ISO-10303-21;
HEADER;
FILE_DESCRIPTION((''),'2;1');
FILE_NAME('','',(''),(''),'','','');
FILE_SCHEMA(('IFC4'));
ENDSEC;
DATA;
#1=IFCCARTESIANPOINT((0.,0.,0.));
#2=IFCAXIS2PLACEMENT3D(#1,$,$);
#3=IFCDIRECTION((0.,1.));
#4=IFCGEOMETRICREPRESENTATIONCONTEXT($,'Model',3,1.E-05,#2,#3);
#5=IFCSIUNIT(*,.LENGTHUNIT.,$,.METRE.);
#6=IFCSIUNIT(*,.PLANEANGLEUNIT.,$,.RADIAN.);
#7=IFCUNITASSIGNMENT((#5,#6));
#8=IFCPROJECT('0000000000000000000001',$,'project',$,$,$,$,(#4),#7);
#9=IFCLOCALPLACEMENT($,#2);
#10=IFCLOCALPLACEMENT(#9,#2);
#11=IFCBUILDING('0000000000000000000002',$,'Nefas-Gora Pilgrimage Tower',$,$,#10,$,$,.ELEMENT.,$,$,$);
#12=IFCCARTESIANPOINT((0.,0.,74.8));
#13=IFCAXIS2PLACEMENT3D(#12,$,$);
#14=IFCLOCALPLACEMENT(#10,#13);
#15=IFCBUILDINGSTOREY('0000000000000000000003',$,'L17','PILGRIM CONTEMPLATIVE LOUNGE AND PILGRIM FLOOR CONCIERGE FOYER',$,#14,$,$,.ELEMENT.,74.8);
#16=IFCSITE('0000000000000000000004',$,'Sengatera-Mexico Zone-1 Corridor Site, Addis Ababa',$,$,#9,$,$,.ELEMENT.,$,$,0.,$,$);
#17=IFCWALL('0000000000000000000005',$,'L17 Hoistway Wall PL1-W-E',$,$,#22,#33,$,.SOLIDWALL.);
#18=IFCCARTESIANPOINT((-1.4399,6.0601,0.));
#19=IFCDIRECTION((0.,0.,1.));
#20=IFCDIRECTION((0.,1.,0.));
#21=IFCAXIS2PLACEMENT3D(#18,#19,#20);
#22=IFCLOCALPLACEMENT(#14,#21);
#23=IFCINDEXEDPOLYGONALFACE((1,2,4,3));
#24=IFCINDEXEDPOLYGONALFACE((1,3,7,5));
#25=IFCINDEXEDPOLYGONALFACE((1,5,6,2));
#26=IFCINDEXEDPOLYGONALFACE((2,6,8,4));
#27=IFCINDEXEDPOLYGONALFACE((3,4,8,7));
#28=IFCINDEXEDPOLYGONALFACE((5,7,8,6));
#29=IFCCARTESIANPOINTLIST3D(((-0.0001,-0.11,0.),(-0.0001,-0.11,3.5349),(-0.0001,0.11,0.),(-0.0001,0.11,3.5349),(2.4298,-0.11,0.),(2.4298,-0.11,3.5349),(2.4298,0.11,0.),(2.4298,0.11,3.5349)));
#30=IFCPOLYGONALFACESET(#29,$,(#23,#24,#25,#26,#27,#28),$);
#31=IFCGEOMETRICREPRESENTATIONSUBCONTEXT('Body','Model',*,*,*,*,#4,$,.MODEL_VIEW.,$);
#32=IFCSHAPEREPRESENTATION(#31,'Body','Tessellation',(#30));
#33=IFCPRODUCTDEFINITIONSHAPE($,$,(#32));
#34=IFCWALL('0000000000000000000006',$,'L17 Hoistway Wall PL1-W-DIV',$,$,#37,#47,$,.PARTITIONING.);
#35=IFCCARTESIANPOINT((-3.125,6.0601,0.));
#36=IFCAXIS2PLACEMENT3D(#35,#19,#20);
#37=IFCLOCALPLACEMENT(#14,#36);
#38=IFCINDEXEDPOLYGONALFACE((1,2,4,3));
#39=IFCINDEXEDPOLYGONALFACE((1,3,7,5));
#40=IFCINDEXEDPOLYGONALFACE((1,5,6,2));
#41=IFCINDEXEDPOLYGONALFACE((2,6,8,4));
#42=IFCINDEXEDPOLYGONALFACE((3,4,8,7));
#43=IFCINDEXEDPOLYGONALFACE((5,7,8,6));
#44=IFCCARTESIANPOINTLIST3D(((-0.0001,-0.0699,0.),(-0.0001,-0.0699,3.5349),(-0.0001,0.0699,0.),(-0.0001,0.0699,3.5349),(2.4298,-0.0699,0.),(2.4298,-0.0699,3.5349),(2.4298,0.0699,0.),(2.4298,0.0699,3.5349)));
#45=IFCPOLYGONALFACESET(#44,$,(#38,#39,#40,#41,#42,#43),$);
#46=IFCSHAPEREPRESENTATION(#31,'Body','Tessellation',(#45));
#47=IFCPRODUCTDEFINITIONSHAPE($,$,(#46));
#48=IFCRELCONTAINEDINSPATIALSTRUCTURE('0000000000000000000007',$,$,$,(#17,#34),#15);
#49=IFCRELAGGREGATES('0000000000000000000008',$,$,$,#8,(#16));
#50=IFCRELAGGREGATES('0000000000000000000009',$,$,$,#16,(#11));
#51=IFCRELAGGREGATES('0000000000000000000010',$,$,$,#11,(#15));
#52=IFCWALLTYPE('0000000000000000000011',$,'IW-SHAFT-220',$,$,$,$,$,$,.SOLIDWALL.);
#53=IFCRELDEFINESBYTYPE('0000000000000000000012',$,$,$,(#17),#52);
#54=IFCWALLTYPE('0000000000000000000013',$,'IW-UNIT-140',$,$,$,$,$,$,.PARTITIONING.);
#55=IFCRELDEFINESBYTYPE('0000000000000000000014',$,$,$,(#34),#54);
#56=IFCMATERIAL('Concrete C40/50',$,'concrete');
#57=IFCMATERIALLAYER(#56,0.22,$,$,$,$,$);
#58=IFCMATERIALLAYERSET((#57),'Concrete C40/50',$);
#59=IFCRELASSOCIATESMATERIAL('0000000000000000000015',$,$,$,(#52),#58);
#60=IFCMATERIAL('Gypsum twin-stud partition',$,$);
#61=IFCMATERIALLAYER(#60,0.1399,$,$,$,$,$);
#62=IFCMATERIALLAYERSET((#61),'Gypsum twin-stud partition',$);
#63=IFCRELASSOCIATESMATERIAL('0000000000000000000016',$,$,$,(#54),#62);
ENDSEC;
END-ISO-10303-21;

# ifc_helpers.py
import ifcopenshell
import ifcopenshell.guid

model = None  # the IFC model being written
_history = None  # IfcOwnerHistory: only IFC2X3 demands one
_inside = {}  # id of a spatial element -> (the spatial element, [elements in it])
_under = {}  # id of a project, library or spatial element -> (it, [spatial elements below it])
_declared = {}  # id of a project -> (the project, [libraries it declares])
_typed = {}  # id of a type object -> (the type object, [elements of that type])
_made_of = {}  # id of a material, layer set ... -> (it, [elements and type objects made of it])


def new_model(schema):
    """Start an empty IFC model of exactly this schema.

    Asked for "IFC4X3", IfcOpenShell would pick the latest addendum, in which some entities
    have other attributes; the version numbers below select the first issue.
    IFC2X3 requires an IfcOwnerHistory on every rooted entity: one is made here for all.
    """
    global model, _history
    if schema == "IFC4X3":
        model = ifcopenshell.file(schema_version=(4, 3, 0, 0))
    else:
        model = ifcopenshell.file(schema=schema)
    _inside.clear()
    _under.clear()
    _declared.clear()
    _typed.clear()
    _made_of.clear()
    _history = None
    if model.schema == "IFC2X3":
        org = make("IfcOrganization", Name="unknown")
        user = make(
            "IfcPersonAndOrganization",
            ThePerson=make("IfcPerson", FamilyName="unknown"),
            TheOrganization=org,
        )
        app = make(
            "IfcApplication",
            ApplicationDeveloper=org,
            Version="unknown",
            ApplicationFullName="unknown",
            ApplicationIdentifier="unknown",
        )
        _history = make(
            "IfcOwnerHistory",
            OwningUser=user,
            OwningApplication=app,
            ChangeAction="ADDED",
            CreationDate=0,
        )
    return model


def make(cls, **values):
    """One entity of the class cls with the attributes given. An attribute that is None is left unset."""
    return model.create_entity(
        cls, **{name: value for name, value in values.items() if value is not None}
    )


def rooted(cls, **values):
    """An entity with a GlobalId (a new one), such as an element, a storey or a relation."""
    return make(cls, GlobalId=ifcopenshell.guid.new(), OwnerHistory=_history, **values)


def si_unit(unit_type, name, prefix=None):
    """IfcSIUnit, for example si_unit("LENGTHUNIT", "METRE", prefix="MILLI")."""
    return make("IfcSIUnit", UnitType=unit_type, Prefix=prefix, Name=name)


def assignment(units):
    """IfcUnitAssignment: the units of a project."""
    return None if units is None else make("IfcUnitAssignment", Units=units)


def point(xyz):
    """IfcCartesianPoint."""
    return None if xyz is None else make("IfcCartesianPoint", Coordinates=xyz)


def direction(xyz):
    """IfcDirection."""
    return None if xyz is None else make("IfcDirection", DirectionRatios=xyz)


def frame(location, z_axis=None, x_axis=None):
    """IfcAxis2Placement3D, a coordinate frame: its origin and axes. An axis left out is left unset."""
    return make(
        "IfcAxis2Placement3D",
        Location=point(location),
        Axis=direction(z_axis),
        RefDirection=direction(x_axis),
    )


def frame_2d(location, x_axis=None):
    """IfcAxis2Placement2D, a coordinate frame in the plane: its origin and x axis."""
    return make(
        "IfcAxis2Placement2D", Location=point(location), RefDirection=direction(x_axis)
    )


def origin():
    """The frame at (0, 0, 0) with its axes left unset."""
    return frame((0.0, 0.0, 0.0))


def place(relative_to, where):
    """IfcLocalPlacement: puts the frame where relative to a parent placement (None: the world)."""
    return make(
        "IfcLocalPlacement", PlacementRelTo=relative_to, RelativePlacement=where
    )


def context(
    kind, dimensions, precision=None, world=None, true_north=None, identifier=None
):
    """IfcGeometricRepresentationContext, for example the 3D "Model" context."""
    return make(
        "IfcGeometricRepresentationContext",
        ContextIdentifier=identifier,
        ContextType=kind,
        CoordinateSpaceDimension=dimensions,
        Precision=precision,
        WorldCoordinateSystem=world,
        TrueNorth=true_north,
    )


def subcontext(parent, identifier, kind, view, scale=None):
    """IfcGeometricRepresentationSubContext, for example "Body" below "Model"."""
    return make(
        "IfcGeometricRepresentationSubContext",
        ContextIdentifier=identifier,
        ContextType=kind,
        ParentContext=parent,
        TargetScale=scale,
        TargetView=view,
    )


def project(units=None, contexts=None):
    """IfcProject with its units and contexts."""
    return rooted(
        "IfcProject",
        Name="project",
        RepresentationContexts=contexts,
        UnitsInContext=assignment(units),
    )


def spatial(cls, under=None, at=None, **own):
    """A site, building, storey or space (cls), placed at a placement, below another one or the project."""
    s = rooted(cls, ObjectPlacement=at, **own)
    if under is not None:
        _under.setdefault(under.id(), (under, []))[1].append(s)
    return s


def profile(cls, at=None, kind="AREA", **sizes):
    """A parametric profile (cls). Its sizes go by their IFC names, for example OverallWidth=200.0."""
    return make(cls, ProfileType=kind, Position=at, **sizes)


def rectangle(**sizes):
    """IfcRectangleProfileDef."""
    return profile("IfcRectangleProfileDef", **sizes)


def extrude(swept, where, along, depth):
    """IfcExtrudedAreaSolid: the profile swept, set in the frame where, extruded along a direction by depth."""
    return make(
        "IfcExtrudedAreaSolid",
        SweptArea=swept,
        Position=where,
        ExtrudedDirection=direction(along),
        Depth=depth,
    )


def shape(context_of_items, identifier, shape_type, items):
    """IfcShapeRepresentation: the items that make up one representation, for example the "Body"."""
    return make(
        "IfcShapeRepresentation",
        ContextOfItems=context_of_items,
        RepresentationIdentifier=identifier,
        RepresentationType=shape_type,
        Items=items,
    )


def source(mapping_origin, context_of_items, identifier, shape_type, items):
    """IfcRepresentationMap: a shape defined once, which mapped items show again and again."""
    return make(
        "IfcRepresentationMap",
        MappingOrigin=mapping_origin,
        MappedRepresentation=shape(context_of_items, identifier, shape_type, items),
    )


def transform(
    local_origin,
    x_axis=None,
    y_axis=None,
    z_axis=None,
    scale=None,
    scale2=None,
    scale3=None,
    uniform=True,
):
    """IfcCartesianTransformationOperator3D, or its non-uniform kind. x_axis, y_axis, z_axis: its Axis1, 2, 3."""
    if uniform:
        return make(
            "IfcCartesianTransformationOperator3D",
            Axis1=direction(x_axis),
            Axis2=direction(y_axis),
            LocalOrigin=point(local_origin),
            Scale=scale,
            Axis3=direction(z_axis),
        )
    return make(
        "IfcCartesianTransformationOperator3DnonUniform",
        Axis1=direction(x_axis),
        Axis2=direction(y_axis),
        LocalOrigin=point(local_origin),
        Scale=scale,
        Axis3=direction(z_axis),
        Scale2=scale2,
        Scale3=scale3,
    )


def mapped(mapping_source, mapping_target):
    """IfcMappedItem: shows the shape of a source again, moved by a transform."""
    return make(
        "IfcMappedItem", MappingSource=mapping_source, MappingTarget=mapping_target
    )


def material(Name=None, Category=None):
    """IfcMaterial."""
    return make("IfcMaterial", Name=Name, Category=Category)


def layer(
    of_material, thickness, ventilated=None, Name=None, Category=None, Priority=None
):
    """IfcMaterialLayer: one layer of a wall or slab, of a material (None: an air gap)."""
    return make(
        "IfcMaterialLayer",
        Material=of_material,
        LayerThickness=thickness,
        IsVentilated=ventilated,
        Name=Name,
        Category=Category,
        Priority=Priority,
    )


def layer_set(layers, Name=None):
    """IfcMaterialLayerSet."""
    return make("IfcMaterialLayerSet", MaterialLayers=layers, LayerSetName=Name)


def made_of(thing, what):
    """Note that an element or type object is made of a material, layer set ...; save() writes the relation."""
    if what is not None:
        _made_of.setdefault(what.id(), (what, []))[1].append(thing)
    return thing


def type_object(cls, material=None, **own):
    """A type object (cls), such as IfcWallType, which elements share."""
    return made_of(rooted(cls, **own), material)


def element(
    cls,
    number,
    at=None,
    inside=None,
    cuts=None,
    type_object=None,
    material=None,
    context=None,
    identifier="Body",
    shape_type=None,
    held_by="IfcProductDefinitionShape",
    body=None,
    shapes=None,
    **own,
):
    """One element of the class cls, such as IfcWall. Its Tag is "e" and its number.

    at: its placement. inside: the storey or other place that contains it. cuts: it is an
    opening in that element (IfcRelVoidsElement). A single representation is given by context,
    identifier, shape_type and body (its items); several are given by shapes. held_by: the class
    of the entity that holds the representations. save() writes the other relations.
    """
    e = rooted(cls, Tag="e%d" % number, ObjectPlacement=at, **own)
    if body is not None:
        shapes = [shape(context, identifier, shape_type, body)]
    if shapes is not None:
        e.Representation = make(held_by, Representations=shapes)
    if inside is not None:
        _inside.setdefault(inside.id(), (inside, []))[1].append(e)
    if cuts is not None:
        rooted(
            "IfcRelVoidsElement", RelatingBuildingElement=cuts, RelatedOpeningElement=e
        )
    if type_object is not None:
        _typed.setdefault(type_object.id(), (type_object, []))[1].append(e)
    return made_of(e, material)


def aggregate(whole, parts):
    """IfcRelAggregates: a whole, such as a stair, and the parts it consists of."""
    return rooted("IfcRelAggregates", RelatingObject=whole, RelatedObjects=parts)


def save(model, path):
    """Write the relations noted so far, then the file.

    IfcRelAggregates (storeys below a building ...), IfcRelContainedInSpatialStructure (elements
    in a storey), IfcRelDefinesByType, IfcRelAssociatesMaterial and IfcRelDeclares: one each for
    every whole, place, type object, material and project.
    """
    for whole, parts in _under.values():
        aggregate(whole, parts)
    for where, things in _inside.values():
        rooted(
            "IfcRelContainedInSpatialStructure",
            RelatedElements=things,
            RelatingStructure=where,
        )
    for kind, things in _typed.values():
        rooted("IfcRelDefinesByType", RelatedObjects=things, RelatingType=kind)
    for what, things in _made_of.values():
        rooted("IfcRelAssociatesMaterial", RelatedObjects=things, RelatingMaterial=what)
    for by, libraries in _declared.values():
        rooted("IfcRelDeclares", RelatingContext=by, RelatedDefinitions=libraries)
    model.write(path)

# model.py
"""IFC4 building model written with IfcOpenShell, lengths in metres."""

from ifc_helpers import new_model, si_unit, direction, frame, frame_2d, origin, place, context, subcontext, project, spatial, rectangle, extrude, source, transform, mapped, material, layer, layer_set, type_object, element, save


model = new_model("IFC4")

# Units and contexts
model_context = context("Model", 3, precision=1e-05, world=origin(), true_north=direction((0.0, 1.0)))
body_context = subcontext(model_context, "Body", "Model", "MODEL_VIEW")
ifc_project = project(units=[si_unit("LENGTHUNIT", "METRE"), si_unit("PLANEANGLEUNIT", "RADIAN")], contexts=[model_context])

# Site, building, storey
site_placement = place(None, origin())
site = spatial("IfcSite", under=ifc_project, at=site_placement, Name="Sengatera-Mexico Zone-1 Corridor Site, Addis Ababa", CompositionType="ELEMENT", RefElevation=0.0)
building_placement = place(site_placement, origin())
building = spatial("IfcBuilding", under=site, at=building_placement, Name="Nefas-Gora Pilgrimage Tower", CompositionType="ELEMENT")
storey_placement = place(building_placement, frame((0.0, 0.0, 74.8)))
storey = spatial("IfcBuildingStorey", under=building, at=storey_placement, Name="L17", Description="PILGRIM CONTEMPLATIVE LOUNGE AND PILGRIM FLOOR CONCIERGE FOYER", CompositionType="ELEMENT", Elevation=74.8)

# Shared definitions
ifc_material_1 = material(Name="Concrete C40/50", Category="concrete")
ifc_layer_1 = layer(ifc_material_1, 0.22)
ifc_layer_set_1 = layer_set([ifc_layer_1], Name="Concrete C40/50")
wall_type_1 = type_object("IfcWallType", Name="IW-SHAFT-220", PredefinedType="SOLIDWALL", material=ifc_layer_set_1)

# Walls
shared_shape_1 = source(origin(), body_context, "Body", "SweptSolid", [
    extrude(rectangle(XDim=2.4299, YDim=0.22, at=frame_2d((1.2148, 0.0))), origin(), (0.0, 0.0, 1.0), 3.5349),
])
for number, where, z_axis, x_axis, name in (
    (1, (-1.4399, 6.0601, 0.0), (0.0, 0.0, 1.0), (0.0, 1.0, 0.0), "L17 Hoistway Wall PL1-W-E"),
):
    element("IfcWall", number, at=place(storey_placement, frame(where, z_axis=z_axis, x_axis=x_axis)), inside=storey, type_object=wall_type_1, Name=name, PredefinedType="SOLIDWALL", context=body_context, shape_type="MappedRepresentation", body=[
        mapped(shared_shape_1, transform((0.0, 0.0, 0.0), x_axis=(1.0, 0.0, 0.0), y_axis=(0.0, 1.0, 0.0), z_axis=(0.0, 0.0, 1.0), scale=1.0)),
    ])
ifc_material_2 = material(Name="Gypsum twin-stud partition")
ifc_layer_2 = layer(ifc_material_2, 0.1399)
ifc_layer_set_2 = layer_set([ifc_layer_2], Name="Gypsum twin-stud partition")
wall_type_2 = type_object("IfcWallType", Name="IW-UNIT-140", PredefinedType="PARTITIONING", material=ifc_layer_set_2)
shared_shape_2 = source(origin(), body_context, "Body", "SweptSolid", [
    extrude(rectangle(XDim=2.4299, YDim=0.1399, at=frame_2d((1.2148, 0.0))), origin(), (0.0, 0.0, 1.0), 3.5349),
])
wall_1_placement = place(storey_placement, frame((-3.125, 6.0601, 0.0), z_axis=(0.0, 0.0, 1.0), x_axis=(0.0, 1.0, 0.0)))
element("IfcWall", 2, at=wall_1_placement, inside=storey, type_object=wall_type_2, Name="L17 Hoistway Wall PL1-W-DIV", PredefinedType="PARTITIONING", context=body_context, shape_type="MappedRepresentation", body=[
    mapped(shared_shape_2, transform((0.0, 0.0, 0.0), x_axis=(1.0, 0.0, 0.0), y_axis=(0.0, 1.0, 0.0), z_axis=(0.0, 0.0, 1.0), scale=1.0)),
])

save(model, "model.ifc")
